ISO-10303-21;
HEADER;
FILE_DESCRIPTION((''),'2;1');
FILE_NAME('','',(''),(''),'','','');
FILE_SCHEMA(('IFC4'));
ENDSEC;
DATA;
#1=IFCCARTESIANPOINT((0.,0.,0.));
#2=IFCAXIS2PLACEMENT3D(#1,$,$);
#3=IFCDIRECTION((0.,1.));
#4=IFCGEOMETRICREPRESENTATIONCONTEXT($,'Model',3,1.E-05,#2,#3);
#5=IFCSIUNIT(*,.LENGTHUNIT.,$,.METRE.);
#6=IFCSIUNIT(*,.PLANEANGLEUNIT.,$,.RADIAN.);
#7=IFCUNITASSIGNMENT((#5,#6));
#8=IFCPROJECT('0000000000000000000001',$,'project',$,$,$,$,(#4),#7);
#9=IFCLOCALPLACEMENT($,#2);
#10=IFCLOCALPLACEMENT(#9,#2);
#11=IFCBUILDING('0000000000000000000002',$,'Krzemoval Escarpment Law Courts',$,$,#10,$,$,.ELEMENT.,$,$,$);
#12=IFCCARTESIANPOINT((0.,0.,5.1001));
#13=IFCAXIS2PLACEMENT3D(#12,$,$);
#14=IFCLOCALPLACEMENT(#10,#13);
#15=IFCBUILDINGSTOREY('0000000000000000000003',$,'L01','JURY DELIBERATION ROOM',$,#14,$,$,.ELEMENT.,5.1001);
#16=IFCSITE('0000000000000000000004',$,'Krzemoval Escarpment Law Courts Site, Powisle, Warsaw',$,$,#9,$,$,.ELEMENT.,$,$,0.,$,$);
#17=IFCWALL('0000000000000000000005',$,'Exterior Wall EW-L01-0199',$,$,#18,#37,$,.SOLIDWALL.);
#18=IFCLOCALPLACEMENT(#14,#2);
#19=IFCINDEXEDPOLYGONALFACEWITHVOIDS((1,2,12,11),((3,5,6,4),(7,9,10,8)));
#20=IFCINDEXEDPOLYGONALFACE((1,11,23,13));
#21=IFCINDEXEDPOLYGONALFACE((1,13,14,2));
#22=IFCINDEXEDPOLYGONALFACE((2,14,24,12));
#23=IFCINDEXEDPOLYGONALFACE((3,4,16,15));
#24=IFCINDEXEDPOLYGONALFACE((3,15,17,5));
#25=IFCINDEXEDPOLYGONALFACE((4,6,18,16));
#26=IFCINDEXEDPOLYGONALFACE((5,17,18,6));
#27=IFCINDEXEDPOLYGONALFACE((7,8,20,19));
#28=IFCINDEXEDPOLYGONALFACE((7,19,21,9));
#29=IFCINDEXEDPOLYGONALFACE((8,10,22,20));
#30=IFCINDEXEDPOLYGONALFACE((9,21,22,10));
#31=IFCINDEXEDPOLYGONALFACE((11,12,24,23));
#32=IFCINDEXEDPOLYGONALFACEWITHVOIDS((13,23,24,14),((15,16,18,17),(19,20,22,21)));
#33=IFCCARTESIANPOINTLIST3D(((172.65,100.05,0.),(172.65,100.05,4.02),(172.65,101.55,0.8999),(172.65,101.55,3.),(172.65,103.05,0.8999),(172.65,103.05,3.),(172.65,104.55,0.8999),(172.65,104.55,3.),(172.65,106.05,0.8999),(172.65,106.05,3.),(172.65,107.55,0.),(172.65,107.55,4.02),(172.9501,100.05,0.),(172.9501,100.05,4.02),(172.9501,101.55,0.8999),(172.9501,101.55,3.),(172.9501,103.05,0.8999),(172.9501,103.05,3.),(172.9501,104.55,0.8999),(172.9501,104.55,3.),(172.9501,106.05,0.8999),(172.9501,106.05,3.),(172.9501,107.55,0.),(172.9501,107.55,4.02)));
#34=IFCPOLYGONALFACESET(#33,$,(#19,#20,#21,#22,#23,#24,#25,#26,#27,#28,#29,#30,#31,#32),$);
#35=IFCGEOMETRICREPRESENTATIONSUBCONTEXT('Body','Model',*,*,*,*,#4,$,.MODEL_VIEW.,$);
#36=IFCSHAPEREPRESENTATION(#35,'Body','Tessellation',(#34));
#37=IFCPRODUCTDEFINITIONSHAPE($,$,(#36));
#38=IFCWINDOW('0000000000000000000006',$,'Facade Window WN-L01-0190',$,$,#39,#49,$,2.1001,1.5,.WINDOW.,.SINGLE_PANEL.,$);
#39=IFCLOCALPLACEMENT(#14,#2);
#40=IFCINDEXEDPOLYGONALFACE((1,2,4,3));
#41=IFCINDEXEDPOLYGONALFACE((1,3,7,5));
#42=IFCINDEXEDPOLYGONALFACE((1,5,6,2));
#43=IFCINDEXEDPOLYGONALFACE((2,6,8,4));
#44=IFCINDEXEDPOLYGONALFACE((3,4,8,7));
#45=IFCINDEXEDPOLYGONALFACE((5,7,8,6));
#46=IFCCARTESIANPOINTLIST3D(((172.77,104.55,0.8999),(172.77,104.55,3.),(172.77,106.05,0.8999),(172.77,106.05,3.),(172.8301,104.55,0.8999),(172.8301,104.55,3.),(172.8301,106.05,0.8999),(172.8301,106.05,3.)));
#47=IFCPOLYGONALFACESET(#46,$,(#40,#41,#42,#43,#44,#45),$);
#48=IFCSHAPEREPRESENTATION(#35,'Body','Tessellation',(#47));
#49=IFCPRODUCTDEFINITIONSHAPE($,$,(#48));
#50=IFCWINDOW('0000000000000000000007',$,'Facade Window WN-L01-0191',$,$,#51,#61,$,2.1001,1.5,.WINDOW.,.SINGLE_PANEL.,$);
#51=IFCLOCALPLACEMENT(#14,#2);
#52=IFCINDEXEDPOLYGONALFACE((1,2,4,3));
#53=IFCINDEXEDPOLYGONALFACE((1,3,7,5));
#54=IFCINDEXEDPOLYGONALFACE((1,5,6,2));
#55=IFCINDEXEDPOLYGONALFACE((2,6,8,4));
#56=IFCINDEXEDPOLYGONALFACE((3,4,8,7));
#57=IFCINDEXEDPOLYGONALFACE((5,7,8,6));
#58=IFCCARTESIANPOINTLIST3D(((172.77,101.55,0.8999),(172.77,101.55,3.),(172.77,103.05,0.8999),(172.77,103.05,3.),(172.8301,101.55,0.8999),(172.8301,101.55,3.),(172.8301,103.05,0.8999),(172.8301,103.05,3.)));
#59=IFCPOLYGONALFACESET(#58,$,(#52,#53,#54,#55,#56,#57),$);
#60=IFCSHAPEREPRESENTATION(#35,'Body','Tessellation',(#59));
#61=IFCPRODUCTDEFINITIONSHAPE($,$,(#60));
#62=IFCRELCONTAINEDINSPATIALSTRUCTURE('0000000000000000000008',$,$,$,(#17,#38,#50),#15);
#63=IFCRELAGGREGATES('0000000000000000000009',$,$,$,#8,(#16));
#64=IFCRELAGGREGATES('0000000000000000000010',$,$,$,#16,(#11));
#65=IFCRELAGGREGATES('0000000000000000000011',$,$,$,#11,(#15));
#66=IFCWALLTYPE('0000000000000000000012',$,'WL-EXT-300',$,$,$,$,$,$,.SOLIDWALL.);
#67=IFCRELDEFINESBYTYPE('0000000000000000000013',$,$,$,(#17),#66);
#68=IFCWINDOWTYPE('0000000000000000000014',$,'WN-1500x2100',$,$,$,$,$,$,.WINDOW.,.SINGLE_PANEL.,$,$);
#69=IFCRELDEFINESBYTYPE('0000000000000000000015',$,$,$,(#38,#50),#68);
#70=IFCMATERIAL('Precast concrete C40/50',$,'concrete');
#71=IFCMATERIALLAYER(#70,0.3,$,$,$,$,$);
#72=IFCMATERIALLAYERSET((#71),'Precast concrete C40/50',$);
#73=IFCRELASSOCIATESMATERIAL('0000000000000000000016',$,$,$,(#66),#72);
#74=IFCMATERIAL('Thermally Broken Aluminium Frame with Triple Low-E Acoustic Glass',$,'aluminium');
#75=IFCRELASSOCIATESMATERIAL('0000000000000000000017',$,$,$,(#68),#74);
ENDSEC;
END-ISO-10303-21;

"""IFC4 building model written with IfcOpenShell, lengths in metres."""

from ifc_helpers import new_model, si_unit, direction, frame, frame_2d, origin, place, context, subcontext, project, spatial, rectangle, extrude, material, layer, layer_set, type_object, element, fill, save


model = new_model("IFC4")

# Units and contexts
model_context = context("Model", 3, precision=1e-05, world=origin(), true_north=direction((0.0, 1.0)))
body_context = subcontext(model_context, "Body", "Model", "MODEL_VIEW")
ifc_project = project(units=[si_unit("LENGTHUNIT", "METRE"), si_unit("PLANEANGLEUNIT", "RADIAN")], contexts=[model_context])

# Site, building, storey
site_placement = place(None, origin())
site = spatial("IfcSite", under=ifc_project, at=site_placement, Name="Krzemoval Escarpment Law Courts Site, Powisle, Warsaw", CompositionType="ELEMENT", RefElevation=0.0)
building_placement = place(site_placement, origin())
building = spatial("IfcBuilding", under=site, at=building_placement, Name="Krzemoval Escarpment Law Courts", CompositionType="ELEMENT")
storey_placement = place(building_placement, frame((0.0, 0.0, 5.1001)))
storey = spatial("IfcBuildingStorey", under=building, at=storey_placement, Name="L01", Description="JURY DELIBERATION ROOM", CompositionType="ELEMENT", Elevation=5.1001)

# Shared definitions
ifc_material_1 = material(Name="Precast concrete C40/50", Category="concrete")
ifc_layer = layer(ifc_material_1, 0.3)
ifc_layer_set = layer_set([ifc_layer], Name="Precast concrete C40/50")
wall_type = type_object("IfcWallType", Name="WL-EXT-300", PredefinedType="SOLIDWALL", material=ifc_layer_set)
ifc_material_2 = material(Name="Thermally Broken Aluminium Frame with Triple Low-E Acoustic Glass", Category="aluminium")
window_type = type_object("IfcWindowType", Name="WN-1500x2100", PartitioningType="SINGLE_PANEL", PredefinedType="WINDOW", material=ifc_material_2)

# Wall, openings, windows
wall_1_placement = place(storey_placement, frame((172.8, 107.55, 0.0), z_axis=(0.0, 0.0, 1.0), x_axis=(0.0, -1.0, 0.0)))
wall_1 = element("IfcWall", 1, at=wall_1_placement, inside=storey, type_object=wall_type, Name="Exterior Wall EW-L01-0199", PredefinedType="SOLIDWALL", context=body_context, shape_type="SweptSolid", body=[
    extrude(rectangle(XDim=7.5, YDim=0.3, at=frame_2d((3.75, 0.0))), origin(), (0.0, 0.0, 1.0), 4.02),
])
opening_1_placement = place(wall_1_placement, frame((1.5, 0.0, 0.8999)))
opening_1 = element("IfcOpeningElement", 2, at=opening_1_placement, cuts=wall_1, PredefinedType="OPENING", context=body_context, shape_type="SweptSolid", body=[
    extrude(rectangle(XDim=1.5, YDim=2.1001, at=frame_2d((0.75, 1.05))), frame((0.0, 0.165, 0.0), z_axis=(0.0, -1.0, 0.0), x_axis=(1.0, 0.0, 0.0)), (0.0, 0.0, 1.0), 0.3301),
])
opening_2_placement = place(wall_1_placement, frame((4.5, 0.0, 0.8999)))
opening_2 = element("IfcOpeningElement", 3, at=opening_2_placement, cuts=wall_1, PredefinedType="OPENING", context=body_context, shape_type="SweptSolid", body=[
    extrude(rectangle(XDim=1.5, YDim=2.1001, at=frame_2d((0.75, 1.05))), frame((0.0, 0.165, 0.0), z_axis=(0.0, -1.0, 0.0), x_axis=(1.0, 0.0, 0.0)), (0.0, 0.0, 1.0), 0.3301),
])
window_1_placement = place(opening_1_placement, origin())
window_1 = element("IfcWindow", 4, at=window_1_placement, inside=storey, type_object=window_type, Name="Facade Window WN-L01-0190", OverallHeight=2.1001, OverallWidth=1.5, PartitioningType="SINGLE_PANEL", PredefinedType="WINDOW", context=body_context, shape_type="SweptSolid", body=[
    extrude(rectangle(XDim=1.5, YDim=2.1001, at=frame_2d((0.75, 1.05))), frame((0.0, 0.03, 0.0), z_axis=(0.0, -1.0, 0.0), x_axis=(1.0, 0.0, 0.0)), (0.0, 0.0, 1.0), 0.0601),
])
fill(opening_1, window_1)
window_2_placement = place(opening_2_placement, origin())
window_2 = element("IfcWindow", 5, at=window_2_placement, inside=storey, type_object=window_type, Name="Facade Window WN-L01-0191", OverallHeight=2.1001, OverallWidth=1.5, PartitioningType="SINGLE_PANEL", PredefinedType="WINDOW", context=body_context, shape_type="SweptSolid", body=[
    extrude(rectangle(XDim=1.5, YDim=2.1001, at=frame_2d((0.75, 1.05))), frame((0.0, 0.03, 0.0), z_axis=(0.0, -1.0, 0.0), x_axis=(1.0, 0.0, 0.0)), (0.0, 0.0, 1.0), 0.0601),
])
fill(opening_2, window_2)

save(model, "model.ifc")
